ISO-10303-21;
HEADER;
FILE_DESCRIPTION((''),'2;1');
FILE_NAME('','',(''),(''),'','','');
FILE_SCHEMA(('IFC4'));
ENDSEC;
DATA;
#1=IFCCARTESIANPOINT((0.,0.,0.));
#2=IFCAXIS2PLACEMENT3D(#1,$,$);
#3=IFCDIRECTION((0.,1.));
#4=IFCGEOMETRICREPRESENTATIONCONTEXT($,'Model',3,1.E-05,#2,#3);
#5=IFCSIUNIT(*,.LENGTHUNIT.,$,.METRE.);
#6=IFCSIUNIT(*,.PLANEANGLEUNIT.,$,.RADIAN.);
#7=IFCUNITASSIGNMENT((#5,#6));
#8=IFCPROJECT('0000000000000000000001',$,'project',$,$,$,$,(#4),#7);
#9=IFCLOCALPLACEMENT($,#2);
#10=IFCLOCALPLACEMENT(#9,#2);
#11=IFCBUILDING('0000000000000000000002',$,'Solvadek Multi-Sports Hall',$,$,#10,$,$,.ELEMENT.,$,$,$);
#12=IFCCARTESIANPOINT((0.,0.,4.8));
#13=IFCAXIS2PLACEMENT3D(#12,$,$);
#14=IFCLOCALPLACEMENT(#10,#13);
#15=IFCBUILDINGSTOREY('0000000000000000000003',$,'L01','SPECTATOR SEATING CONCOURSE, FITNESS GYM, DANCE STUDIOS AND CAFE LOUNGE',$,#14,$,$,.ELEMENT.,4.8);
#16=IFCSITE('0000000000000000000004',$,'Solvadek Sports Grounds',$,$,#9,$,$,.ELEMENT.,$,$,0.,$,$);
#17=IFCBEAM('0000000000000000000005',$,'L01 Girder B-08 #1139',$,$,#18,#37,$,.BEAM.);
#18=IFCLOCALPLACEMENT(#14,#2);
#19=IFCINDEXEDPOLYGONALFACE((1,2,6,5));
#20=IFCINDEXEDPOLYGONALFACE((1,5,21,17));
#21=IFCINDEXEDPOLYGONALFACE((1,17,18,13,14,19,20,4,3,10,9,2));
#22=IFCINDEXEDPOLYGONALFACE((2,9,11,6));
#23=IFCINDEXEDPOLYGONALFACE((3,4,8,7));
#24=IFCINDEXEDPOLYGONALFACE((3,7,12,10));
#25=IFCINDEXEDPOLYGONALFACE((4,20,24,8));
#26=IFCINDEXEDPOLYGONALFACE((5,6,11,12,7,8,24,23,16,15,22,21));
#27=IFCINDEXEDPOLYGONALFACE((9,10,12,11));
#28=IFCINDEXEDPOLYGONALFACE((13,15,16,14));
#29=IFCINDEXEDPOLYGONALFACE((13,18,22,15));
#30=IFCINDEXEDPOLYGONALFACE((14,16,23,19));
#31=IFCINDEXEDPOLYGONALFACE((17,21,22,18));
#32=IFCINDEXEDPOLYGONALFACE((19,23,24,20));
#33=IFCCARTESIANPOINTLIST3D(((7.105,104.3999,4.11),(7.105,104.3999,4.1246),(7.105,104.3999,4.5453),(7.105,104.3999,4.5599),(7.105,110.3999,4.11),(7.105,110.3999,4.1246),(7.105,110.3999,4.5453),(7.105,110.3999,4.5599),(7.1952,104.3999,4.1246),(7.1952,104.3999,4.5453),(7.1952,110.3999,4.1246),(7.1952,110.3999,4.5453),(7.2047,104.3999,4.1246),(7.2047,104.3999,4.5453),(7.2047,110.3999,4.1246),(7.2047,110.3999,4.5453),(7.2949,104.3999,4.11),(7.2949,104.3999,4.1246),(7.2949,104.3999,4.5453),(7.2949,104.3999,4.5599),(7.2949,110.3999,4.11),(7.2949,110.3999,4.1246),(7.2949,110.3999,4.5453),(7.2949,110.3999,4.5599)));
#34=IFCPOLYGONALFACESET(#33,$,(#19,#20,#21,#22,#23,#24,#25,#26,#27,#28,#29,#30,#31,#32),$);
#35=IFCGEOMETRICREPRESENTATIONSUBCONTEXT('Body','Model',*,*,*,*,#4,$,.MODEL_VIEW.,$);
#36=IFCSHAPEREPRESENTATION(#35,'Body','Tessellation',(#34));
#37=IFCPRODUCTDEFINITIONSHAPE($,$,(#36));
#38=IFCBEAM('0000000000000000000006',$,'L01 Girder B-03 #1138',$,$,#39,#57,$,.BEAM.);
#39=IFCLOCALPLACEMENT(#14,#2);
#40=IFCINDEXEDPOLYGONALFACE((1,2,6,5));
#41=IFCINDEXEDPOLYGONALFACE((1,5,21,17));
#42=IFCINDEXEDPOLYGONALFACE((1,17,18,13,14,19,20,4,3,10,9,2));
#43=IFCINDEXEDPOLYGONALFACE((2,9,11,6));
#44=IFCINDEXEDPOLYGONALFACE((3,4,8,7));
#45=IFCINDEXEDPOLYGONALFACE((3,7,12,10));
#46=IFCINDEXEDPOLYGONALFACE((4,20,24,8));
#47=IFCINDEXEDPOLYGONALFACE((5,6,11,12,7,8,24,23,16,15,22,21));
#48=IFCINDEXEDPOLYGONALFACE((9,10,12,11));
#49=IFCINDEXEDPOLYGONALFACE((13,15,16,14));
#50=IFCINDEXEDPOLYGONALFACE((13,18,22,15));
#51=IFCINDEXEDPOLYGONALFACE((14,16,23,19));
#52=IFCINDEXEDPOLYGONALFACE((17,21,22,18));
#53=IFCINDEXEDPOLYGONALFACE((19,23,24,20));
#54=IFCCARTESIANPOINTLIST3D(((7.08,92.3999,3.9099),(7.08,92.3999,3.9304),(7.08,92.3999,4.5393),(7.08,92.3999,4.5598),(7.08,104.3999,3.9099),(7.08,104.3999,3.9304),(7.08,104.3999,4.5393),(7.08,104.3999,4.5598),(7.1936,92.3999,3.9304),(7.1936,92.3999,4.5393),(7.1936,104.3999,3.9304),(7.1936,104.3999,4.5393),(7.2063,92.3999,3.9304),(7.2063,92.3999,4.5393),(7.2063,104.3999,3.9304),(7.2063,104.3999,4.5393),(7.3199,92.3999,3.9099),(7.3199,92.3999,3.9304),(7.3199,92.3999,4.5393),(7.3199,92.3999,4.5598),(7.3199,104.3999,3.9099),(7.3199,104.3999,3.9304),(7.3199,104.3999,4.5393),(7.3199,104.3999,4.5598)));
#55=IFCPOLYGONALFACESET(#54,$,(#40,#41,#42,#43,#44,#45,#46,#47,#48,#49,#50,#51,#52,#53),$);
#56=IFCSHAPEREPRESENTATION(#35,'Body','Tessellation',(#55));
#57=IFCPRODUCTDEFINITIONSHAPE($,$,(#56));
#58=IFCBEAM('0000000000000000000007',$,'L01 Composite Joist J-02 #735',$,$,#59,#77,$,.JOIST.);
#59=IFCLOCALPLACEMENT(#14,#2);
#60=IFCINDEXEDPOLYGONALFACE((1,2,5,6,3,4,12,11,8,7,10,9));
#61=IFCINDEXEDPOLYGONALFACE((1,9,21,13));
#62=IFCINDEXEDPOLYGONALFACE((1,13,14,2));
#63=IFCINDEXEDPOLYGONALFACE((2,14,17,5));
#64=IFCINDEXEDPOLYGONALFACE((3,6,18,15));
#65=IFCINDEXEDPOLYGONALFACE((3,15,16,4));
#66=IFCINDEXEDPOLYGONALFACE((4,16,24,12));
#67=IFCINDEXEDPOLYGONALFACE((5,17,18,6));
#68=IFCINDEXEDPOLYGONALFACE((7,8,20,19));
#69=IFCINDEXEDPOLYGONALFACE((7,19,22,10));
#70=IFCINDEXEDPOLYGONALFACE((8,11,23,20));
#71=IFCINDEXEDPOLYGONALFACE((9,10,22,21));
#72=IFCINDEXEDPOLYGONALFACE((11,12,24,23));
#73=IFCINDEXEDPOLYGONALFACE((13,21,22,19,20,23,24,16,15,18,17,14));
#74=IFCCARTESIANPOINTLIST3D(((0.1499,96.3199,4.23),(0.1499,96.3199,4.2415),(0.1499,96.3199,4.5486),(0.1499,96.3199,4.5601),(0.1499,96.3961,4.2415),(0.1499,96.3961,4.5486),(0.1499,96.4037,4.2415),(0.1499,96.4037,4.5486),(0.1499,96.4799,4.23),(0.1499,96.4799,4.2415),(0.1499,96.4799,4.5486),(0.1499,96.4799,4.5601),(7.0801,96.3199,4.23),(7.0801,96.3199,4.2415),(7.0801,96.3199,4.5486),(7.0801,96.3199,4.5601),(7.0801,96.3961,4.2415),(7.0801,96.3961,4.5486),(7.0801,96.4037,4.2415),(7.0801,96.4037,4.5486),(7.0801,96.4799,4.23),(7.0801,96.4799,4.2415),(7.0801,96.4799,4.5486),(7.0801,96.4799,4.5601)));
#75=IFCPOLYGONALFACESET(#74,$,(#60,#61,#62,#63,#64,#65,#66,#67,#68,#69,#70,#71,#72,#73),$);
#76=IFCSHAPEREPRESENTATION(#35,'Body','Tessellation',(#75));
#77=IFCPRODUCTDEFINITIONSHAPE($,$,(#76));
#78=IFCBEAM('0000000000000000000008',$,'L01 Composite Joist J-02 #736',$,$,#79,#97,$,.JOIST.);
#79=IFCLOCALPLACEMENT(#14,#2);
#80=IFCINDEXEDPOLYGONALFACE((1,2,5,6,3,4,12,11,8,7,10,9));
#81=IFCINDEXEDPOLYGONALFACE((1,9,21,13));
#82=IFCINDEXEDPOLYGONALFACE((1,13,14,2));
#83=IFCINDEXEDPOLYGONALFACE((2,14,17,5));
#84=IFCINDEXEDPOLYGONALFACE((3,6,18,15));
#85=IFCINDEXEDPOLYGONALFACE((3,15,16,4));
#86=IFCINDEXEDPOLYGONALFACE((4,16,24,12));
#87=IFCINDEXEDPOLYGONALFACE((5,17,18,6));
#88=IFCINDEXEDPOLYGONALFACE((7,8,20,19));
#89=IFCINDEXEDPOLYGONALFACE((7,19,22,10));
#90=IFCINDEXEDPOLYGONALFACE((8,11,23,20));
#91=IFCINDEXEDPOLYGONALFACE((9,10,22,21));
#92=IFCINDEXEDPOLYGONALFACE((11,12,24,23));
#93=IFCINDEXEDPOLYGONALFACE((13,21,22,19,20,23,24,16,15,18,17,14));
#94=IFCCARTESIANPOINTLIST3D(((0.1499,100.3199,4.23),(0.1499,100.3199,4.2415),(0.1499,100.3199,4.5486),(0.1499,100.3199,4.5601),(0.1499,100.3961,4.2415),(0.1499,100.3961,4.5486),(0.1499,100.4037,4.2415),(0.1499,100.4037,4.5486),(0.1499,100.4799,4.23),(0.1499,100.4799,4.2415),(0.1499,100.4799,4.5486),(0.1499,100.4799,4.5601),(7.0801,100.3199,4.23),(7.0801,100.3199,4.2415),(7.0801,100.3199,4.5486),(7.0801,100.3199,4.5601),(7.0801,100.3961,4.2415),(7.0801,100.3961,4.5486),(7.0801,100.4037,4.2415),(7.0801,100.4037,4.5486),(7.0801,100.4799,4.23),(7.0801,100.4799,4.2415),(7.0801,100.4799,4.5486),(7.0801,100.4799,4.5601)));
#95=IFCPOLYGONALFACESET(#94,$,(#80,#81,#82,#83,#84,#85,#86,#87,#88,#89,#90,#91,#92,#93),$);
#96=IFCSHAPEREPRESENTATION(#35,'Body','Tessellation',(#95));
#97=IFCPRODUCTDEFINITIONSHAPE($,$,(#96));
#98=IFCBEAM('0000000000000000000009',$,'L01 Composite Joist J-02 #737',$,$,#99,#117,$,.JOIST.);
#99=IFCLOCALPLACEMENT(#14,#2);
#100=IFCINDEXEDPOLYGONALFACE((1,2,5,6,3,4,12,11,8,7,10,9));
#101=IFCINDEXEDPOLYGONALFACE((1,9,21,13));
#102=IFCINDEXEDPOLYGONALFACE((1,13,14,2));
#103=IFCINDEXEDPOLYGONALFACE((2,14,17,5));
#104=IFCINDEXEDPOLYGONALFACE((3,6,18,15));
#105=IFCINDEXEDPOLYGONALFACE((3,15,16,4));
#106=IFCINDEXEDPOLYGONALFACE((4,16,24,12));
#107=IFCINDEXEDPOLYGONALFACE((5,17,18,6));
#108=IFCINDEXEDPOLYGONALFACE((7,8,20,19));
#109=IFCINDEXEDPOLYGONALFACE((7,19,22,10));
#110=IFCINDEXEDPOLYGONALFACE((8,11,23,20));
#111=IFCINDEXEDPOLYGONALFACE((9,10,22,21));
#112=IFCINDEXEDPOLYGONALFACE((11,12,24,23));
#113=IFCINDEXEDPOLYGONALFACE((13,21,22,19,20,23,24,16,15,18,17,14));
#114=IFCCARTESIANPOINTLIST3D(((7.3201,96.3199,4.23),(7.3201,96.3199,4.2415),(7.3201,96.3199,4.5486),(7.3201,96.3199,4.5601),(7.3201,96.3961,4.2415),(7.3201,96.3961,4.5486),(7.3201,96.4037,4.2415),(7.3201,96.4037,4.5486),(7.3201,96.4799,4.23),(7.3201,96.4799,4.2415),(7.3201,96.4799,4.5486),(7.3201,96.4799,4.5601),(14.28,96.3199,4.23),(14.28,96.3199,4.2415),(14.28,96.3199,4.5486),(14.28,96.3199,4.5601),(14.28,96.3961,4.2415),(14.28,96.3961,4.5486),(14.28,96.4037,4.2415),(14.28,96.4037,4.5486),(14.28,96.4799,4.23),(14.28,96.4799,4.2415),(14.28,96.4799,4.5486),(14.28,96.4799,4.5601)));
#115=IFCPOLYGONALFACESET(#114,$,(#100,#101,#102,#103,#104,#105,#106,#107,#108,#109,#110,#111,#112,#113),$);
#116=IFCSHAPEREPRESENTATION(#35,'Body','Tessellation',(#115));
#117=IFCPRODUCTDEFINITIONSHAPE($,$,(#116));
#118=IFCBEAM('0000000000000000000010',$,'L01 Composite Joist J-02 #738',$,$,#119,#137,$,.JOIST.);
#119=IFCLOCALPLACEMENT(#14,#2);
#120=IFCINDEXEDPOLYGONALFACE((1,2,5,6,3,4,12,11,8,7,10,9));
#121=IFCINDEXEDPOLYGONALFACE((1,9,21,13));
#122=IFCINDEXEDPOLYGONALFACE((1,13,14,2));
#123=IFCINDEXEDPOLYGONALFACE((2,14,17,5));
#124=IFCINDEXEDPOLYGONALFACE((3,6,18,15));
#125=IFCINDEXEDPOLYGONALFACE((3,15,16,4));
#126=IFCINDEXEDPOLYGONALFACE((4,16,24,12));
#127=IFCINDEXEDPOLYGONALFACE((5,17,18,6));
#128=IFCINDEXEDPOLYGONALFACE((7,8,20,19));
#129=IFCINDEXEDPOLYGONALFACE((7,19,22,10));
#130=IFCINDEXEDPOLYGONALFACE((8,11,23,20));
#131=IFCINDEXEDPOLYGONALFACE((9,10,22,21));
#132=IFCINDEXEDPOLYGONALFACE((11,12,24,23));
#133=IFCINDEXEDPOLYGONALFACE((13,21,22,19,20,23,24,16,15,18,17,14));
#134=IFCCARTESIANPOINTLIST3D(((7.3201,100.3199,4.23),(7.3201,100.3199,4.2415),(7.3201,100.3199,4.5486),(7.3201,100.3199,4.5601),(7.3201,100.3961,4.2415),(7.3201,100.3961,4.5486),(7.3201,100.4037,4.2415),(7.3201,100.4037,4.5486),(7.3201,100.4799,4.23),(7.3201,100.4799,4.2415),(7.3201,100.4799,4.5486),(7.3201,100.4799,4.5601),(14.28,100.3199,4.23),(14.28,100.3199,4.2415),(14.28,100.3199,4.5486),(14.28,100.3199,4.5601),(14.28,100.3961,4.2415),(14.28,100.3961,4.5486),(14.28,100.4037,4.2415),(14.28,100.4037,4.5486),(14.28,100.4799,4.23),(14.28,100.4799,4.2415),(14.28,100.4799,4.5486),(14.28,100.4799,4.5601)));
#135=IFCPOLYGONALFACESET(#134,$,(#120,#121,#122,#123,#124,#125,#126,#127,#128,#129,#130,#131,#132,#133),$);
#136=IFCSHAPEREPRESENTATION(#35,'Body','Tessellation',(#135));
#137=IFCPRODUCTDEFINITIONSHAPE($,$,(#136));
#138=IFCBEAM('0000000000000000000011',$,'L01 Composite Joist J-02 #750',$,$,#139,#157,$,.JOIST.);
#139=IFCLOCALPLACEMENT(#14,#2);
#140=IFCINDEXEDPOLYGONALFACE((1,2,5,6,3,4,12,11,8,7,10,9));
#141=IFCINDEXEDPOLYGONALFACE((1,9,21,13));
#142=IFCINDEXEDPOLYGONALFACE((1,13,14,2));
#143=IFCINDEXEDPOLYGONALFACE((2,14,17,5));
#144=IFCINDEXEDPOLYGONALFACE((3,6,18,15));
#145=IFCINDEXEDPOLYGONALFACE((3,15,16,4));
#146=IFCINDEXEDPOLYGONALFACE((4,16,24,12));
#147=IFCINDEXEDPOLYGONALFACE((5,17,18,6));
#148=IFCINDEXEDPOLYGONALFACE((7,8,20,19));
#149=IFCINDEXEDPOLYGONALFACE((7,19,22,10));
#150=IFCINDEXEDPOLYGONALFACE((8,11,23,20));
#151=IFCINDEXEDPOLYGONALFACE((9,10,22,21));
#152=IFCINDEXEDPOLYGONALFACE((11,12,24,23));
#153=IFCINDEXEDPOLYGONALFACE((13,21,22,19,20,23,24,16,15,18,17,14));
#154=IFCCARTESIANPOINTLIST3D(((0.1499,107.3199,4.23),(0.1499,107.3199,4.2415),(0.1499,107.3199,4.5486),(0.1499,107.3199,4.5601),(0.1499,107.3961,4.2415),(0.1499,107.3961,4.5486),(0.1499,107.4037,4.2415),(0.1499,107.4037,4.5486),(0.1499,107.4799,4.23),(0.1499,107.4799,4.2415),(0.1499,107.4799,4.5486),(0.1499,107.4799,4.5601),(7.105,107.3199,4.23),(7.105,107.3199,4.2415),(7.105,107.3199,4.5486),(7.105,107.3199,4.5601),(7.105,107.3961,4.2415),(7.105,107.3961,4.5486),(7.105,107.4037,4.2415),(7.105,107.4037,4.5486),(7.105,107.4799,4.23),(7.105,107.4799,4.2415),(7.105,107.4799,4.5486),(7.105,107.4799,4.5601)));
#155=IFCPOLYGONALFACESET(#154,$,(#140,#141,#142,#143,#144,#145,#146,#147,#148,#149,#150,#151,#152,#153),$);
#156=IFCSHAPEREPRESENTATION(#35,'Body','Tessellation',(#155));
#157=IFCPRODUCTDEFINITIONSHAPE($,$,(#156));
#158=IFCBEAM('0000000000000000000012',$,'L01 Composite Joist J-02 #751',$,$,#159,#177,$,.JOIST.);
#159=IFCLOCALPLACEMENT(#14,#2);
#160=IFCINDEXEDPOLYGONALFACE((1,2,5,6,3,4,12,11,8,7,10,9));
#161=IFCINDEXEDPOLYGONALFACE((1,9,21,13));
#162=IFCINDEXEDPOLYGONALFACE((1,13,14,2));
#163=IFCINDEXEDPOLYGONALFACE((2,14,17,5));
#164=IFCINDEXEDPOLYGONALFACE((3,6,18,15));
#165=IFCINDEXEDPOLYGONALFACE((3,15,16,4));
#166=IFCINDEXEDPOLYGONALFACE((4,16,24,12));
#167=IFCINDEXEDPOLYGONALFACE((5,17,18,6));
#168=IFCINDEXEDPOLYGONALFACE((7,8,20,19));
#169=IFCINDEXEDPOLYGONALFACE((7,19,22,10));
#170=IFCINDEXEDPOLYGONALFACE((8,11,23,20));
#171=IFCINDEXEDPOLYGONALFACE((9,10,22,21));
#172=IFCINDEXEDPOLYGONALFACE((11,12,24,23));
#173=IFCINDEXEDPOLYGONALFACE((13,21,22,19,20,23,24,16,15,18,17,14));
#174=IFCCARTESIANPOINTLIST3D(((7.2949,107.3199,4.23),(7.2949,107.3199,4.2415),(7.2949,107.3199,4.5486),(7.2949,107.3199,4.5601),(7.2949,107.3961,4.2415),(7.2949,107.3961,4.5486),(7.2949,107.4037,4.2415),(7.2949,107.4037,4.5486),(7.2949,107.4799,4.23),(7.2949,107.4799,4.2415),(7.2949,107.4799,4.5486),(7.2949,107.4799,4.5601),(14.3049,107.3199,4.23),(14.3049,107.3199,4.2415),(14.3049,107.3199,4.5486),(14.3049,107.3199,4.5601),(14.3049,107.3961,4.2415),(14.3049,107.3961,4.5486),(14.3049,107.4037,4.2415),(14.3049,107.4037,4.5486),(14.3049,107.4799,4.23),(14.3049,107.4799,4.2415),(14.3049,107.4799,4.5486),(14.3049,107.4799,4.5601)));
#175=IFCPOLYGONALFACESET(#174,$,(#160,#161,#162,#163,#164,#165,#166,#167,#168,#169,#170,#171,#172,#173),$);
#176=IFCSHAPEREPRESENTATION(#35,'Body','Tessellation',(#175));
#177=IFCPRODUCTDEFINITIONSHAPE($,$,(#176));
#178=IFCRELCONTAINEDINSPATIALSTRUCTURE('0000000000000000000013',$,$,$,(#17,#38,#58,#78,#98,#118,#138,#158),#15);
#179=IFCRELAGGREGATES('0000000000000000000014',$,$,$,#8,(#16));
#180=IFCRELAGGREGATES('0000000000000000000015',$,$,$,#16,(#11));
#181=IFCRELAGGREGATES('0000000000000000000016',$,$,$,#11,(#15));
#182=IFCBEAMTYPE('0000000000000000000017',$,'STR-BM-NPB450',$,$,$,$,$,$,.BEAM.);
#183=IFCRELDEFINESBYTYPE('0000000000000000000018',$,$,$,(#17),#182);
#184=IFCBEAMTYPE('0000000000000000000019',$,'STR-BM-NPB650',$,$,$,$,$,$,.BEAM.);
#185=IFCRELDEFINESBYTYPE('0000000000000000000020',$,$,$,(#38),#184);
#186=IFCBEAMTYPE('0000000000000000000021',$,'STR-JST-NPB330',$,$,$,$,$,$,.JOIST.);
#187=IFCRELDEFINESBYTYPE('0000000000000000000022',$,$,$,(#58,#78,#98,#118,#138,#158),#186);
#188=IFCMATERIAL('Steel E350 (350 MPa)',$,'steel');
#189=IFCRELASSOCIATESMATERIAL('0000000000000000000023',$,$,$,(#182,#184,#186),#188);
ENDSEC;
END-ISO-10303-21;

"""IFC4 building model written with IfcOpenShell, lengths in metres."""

from ifc_helpers import new_model, si_unit, direction, frame, origin, origin_2d, place, context, subcontext, project, spatial, i_section, extrude, material, material_profile, profile_set, type_object, element, save


model = new_model("IFC4")

# Units and contexts
model_context = context("Model", 3, precision=1e-05, world=origin(), true_north=direction((0.0, 1.0)))
body_context = subcontext(model_context, "Body", "Model", "MODEL_VIEW")
ifc_project = project(units=[si_unit("LENGTHUNIT", "METRE"), si_unit("PLANEANGLEUNIT", "RADIAN")], contexts=[model_context])

# Site, building, storey
site_placement = place(None, origin())
site = spatial("IfcSite", under=ifc_project, at=site_placement, Name="Solvadek Sports Grounds", CompositionType="ELEMENT", RefElevation=0.0)
building_placement = place(site_placement, origin())
building = spatial("IfcBuilding", under=site, at=building_placement, Name="Solvadek Multi-Sports Hall", CompositionType="ELEMENT")
storey_placement = place(building_placement, frame((0.0, 0.0, 4.8)))
storey = spatial("IfcBuildingStorey", under=building, at=storey_placement, Name="L01", Description="SPECTATOR SEATING CONCOURSE, FITNESS GYM, DANCE STUDIOS AND CAFE LOUNGE", CompositionType="ELEMENT", Elevation=4.8)

# Shared definitions
ifc_material_1 = material(Name="Steel E350 (350 MPa)", Category="steel")

# Beams
ifc_material_profile_1 = material_profile(ifc_material_1, i_section(OverallWidth=0.1899, OverallDepth=0.45, WebThickness=0.0095, FlangeThickness=0.0146, at=origin_2d()), Name="NPB 450")
ifc_profile_set_1 = profile_set([ifc_material_profile_1], Name="Steel E350 (350 MPa)")
beam_type_1 = type_object("IfcBeamType", Name="STR-BM-NPB450", PredefinedType="BEAM", material=ifc_profile_set_1)
beam_1_placement = place(storey_placement, frame((7.2, 104.3999, 4.335), z_axis=(0.0, 1.0, 0.0), x_axis=(-1.0, 0.0, 0.0)))
element("IfcBeam", 1, at=beam_1_placement, inside=storey, type_object=beam_type_1, Name="L01 Girder B-08 #1139", PredefinedType="BEAM", context=body_context, shape_type="SweptSolid", body=[
    extrude(i_section(OverallWidth=0.1899, OverallDepth=0.45, WebThickness=0.0095, FlangeThickness=0.0146, at=origin_2d()), origin(), (0.0, 0.0, 1.0), 6.0),
])
ifc_material_profile_2 = material_profile(ifc_material_1, i_section(OverallWidth=0.24, OverallDepth=0.6499, WebThickness=0.0127, FlangeThickness=0.0205, at=origin_2d()), Name="NPB 650")
ifc_profile_set_2 = profile_set([ifc_material_profile_2], Name="Steel E350 (350 MPa)")
beam_type_2 = type_object("IfcBeamType", Name="STR-BM-NPB650", PredefinedType="BEAM", material=ifc_profile_set_2)
beam_2_placement = place(storey_placement, frame((7.2, 92.3999, 4.2349), z_axis=(0.0, 1.0, 0.0), x_axis=(-1.0, 0.0, 0.0)))
element("IfcBeam", 2, at=beam_2_placement, inside=storey, type_object=beam_type_2, Name="L01 Girder B-03 #1138", PredefinedType="BEAM", context=body_context, shape_type="SweptSolid", body=[
    extrude(i_section(OverallWidth=0.24, OverallDepth=0.6499, WebThickness=0.0127, FlangeThickness=0.0205, at=origin_2d()), origin(), (0.0, 0.0, 1.0), 12.0),
])
ifc_material_profile_3 = material_profile(ifc_material_1, i_section(OverallWidth=0.1599, OverallDepth=0.3301, WebThickness=0.0076, FlangeThickness=0.0115, at=origin_2d()), Name="NPB 330")
ifc_profile_set_3 = profile_set([ifc_material_profile_3], Name="Steel E350 (350 MPa)")
beam_type_3 = type_object("IfcBeamType", Name="STR-JST-NPB330", PredefinedType="JOIST", material=ifc_profile_set_3)
for number, where, z_axis, x_axis, name in (
    (3, (0.1499, 96.3999, 4.395), (1.0, 0.0, 0.0), (0.0, 1.0, 0.0), "L01 Composite Joist J-02 #735"),
    (4, (0.1499, 100.3999, 4.395), (1.0, 0.0, 0.0), (0.0, 1.0, 0.0), "L01 Composite Joist J-02 #736"),
):
    element("IfcBeam", number, at=place(storey_placement, frame(where, z_axis=z_axis, x_axis=x_axis)), inside=storey, type_object=beam_type_3, Name=name, PredefinedType="JOIST", context=body_context, shape_type="SweptSolid", body=[
        extrude(i_section(OverallWidth=0.1599, OverallDepth=0.3301, WebThickness=0.0076, FlangeThickness=0.0115, at=origin_2d()), origin(), (0.0, 0.0, 1.0), 6.9302),
    ])
for number, where, z_axis, x_axis, name in (
    (5, (7.3201, 96.3999, 4.395), (1.0, 0.0, 0.0), (0.0, 1.0, 0.0), "L01 Composite Joist J-02 #737"),
    (6, (7.3201, 100.3999, 4.395), (1.0, 0.0, 0.0), (0.0, 1.0, 0.0), "L01 Composite Joist J-02 #738"),
):
    element("IfcBeam", number, at=place(storey_placement, frame(where, z_axis=z_axis, x_axis=x_axis)), inside=storey, type_object=beam_type_3, Name=name, PredefinedType="JOIST", context=body_context, shape_type="SweptSolid", body=[
        extrude(i_section(OverallWidth=0.1599, OverallDepth=0.3301, WebThickness=0.0076, FlangeThickness=0.0115, at=origin_2d()), origin(), (0.0, 0.0, 1.0), 6.96),
    ])
beam_3_placement = place(storey_placement, frame((0.1499, 107.3999, 4.395), z_axis=(1.0, 0.0, 0.0), x_axis=(0.0, 1.0, 0.0)))
element("IfcBeam", 7, at=beam_3_placement, inside=storey, type_object=beam_type_3, Name="L01 Composite Joist J-02 #750", PredefinedType="JOIST", context=body_context, shape_type="SweptSolid", body=[
    extrude(i_section(OverallWidth=0.1599, OverallDepth=0.3301, WebThickness=0.0076, FlangeThickness=0.0115, at=origin_2d()), origin(), (0.0, 0.0, 1.0), 6.9551),
])
beam_4_placement = place(storey_placement, frame((7.2949, 107.3999, 4.395), z_axis=(1.0, 0.0, 0.0), x_axis=(0.0, 1.0, 0.0)))
element("IfcBeam", 8, at=beam_4_placement, inside=storey, type_object=beam_type_3, Name="L01 Composite Joist J-02 #751", PredefinedType="JOIST", context=body_context, shape_type="SweptSolid", body=[
    extrude(i_section(OverallWidth=0.1599, OverallDepth=0.3301, WebThickness=0.0076, FlangeThickness=0.0115, at=origin_2d()), origin(), (0.0, 0.0, 1.0), 7.01),
])

save(model, "model.ifc")
